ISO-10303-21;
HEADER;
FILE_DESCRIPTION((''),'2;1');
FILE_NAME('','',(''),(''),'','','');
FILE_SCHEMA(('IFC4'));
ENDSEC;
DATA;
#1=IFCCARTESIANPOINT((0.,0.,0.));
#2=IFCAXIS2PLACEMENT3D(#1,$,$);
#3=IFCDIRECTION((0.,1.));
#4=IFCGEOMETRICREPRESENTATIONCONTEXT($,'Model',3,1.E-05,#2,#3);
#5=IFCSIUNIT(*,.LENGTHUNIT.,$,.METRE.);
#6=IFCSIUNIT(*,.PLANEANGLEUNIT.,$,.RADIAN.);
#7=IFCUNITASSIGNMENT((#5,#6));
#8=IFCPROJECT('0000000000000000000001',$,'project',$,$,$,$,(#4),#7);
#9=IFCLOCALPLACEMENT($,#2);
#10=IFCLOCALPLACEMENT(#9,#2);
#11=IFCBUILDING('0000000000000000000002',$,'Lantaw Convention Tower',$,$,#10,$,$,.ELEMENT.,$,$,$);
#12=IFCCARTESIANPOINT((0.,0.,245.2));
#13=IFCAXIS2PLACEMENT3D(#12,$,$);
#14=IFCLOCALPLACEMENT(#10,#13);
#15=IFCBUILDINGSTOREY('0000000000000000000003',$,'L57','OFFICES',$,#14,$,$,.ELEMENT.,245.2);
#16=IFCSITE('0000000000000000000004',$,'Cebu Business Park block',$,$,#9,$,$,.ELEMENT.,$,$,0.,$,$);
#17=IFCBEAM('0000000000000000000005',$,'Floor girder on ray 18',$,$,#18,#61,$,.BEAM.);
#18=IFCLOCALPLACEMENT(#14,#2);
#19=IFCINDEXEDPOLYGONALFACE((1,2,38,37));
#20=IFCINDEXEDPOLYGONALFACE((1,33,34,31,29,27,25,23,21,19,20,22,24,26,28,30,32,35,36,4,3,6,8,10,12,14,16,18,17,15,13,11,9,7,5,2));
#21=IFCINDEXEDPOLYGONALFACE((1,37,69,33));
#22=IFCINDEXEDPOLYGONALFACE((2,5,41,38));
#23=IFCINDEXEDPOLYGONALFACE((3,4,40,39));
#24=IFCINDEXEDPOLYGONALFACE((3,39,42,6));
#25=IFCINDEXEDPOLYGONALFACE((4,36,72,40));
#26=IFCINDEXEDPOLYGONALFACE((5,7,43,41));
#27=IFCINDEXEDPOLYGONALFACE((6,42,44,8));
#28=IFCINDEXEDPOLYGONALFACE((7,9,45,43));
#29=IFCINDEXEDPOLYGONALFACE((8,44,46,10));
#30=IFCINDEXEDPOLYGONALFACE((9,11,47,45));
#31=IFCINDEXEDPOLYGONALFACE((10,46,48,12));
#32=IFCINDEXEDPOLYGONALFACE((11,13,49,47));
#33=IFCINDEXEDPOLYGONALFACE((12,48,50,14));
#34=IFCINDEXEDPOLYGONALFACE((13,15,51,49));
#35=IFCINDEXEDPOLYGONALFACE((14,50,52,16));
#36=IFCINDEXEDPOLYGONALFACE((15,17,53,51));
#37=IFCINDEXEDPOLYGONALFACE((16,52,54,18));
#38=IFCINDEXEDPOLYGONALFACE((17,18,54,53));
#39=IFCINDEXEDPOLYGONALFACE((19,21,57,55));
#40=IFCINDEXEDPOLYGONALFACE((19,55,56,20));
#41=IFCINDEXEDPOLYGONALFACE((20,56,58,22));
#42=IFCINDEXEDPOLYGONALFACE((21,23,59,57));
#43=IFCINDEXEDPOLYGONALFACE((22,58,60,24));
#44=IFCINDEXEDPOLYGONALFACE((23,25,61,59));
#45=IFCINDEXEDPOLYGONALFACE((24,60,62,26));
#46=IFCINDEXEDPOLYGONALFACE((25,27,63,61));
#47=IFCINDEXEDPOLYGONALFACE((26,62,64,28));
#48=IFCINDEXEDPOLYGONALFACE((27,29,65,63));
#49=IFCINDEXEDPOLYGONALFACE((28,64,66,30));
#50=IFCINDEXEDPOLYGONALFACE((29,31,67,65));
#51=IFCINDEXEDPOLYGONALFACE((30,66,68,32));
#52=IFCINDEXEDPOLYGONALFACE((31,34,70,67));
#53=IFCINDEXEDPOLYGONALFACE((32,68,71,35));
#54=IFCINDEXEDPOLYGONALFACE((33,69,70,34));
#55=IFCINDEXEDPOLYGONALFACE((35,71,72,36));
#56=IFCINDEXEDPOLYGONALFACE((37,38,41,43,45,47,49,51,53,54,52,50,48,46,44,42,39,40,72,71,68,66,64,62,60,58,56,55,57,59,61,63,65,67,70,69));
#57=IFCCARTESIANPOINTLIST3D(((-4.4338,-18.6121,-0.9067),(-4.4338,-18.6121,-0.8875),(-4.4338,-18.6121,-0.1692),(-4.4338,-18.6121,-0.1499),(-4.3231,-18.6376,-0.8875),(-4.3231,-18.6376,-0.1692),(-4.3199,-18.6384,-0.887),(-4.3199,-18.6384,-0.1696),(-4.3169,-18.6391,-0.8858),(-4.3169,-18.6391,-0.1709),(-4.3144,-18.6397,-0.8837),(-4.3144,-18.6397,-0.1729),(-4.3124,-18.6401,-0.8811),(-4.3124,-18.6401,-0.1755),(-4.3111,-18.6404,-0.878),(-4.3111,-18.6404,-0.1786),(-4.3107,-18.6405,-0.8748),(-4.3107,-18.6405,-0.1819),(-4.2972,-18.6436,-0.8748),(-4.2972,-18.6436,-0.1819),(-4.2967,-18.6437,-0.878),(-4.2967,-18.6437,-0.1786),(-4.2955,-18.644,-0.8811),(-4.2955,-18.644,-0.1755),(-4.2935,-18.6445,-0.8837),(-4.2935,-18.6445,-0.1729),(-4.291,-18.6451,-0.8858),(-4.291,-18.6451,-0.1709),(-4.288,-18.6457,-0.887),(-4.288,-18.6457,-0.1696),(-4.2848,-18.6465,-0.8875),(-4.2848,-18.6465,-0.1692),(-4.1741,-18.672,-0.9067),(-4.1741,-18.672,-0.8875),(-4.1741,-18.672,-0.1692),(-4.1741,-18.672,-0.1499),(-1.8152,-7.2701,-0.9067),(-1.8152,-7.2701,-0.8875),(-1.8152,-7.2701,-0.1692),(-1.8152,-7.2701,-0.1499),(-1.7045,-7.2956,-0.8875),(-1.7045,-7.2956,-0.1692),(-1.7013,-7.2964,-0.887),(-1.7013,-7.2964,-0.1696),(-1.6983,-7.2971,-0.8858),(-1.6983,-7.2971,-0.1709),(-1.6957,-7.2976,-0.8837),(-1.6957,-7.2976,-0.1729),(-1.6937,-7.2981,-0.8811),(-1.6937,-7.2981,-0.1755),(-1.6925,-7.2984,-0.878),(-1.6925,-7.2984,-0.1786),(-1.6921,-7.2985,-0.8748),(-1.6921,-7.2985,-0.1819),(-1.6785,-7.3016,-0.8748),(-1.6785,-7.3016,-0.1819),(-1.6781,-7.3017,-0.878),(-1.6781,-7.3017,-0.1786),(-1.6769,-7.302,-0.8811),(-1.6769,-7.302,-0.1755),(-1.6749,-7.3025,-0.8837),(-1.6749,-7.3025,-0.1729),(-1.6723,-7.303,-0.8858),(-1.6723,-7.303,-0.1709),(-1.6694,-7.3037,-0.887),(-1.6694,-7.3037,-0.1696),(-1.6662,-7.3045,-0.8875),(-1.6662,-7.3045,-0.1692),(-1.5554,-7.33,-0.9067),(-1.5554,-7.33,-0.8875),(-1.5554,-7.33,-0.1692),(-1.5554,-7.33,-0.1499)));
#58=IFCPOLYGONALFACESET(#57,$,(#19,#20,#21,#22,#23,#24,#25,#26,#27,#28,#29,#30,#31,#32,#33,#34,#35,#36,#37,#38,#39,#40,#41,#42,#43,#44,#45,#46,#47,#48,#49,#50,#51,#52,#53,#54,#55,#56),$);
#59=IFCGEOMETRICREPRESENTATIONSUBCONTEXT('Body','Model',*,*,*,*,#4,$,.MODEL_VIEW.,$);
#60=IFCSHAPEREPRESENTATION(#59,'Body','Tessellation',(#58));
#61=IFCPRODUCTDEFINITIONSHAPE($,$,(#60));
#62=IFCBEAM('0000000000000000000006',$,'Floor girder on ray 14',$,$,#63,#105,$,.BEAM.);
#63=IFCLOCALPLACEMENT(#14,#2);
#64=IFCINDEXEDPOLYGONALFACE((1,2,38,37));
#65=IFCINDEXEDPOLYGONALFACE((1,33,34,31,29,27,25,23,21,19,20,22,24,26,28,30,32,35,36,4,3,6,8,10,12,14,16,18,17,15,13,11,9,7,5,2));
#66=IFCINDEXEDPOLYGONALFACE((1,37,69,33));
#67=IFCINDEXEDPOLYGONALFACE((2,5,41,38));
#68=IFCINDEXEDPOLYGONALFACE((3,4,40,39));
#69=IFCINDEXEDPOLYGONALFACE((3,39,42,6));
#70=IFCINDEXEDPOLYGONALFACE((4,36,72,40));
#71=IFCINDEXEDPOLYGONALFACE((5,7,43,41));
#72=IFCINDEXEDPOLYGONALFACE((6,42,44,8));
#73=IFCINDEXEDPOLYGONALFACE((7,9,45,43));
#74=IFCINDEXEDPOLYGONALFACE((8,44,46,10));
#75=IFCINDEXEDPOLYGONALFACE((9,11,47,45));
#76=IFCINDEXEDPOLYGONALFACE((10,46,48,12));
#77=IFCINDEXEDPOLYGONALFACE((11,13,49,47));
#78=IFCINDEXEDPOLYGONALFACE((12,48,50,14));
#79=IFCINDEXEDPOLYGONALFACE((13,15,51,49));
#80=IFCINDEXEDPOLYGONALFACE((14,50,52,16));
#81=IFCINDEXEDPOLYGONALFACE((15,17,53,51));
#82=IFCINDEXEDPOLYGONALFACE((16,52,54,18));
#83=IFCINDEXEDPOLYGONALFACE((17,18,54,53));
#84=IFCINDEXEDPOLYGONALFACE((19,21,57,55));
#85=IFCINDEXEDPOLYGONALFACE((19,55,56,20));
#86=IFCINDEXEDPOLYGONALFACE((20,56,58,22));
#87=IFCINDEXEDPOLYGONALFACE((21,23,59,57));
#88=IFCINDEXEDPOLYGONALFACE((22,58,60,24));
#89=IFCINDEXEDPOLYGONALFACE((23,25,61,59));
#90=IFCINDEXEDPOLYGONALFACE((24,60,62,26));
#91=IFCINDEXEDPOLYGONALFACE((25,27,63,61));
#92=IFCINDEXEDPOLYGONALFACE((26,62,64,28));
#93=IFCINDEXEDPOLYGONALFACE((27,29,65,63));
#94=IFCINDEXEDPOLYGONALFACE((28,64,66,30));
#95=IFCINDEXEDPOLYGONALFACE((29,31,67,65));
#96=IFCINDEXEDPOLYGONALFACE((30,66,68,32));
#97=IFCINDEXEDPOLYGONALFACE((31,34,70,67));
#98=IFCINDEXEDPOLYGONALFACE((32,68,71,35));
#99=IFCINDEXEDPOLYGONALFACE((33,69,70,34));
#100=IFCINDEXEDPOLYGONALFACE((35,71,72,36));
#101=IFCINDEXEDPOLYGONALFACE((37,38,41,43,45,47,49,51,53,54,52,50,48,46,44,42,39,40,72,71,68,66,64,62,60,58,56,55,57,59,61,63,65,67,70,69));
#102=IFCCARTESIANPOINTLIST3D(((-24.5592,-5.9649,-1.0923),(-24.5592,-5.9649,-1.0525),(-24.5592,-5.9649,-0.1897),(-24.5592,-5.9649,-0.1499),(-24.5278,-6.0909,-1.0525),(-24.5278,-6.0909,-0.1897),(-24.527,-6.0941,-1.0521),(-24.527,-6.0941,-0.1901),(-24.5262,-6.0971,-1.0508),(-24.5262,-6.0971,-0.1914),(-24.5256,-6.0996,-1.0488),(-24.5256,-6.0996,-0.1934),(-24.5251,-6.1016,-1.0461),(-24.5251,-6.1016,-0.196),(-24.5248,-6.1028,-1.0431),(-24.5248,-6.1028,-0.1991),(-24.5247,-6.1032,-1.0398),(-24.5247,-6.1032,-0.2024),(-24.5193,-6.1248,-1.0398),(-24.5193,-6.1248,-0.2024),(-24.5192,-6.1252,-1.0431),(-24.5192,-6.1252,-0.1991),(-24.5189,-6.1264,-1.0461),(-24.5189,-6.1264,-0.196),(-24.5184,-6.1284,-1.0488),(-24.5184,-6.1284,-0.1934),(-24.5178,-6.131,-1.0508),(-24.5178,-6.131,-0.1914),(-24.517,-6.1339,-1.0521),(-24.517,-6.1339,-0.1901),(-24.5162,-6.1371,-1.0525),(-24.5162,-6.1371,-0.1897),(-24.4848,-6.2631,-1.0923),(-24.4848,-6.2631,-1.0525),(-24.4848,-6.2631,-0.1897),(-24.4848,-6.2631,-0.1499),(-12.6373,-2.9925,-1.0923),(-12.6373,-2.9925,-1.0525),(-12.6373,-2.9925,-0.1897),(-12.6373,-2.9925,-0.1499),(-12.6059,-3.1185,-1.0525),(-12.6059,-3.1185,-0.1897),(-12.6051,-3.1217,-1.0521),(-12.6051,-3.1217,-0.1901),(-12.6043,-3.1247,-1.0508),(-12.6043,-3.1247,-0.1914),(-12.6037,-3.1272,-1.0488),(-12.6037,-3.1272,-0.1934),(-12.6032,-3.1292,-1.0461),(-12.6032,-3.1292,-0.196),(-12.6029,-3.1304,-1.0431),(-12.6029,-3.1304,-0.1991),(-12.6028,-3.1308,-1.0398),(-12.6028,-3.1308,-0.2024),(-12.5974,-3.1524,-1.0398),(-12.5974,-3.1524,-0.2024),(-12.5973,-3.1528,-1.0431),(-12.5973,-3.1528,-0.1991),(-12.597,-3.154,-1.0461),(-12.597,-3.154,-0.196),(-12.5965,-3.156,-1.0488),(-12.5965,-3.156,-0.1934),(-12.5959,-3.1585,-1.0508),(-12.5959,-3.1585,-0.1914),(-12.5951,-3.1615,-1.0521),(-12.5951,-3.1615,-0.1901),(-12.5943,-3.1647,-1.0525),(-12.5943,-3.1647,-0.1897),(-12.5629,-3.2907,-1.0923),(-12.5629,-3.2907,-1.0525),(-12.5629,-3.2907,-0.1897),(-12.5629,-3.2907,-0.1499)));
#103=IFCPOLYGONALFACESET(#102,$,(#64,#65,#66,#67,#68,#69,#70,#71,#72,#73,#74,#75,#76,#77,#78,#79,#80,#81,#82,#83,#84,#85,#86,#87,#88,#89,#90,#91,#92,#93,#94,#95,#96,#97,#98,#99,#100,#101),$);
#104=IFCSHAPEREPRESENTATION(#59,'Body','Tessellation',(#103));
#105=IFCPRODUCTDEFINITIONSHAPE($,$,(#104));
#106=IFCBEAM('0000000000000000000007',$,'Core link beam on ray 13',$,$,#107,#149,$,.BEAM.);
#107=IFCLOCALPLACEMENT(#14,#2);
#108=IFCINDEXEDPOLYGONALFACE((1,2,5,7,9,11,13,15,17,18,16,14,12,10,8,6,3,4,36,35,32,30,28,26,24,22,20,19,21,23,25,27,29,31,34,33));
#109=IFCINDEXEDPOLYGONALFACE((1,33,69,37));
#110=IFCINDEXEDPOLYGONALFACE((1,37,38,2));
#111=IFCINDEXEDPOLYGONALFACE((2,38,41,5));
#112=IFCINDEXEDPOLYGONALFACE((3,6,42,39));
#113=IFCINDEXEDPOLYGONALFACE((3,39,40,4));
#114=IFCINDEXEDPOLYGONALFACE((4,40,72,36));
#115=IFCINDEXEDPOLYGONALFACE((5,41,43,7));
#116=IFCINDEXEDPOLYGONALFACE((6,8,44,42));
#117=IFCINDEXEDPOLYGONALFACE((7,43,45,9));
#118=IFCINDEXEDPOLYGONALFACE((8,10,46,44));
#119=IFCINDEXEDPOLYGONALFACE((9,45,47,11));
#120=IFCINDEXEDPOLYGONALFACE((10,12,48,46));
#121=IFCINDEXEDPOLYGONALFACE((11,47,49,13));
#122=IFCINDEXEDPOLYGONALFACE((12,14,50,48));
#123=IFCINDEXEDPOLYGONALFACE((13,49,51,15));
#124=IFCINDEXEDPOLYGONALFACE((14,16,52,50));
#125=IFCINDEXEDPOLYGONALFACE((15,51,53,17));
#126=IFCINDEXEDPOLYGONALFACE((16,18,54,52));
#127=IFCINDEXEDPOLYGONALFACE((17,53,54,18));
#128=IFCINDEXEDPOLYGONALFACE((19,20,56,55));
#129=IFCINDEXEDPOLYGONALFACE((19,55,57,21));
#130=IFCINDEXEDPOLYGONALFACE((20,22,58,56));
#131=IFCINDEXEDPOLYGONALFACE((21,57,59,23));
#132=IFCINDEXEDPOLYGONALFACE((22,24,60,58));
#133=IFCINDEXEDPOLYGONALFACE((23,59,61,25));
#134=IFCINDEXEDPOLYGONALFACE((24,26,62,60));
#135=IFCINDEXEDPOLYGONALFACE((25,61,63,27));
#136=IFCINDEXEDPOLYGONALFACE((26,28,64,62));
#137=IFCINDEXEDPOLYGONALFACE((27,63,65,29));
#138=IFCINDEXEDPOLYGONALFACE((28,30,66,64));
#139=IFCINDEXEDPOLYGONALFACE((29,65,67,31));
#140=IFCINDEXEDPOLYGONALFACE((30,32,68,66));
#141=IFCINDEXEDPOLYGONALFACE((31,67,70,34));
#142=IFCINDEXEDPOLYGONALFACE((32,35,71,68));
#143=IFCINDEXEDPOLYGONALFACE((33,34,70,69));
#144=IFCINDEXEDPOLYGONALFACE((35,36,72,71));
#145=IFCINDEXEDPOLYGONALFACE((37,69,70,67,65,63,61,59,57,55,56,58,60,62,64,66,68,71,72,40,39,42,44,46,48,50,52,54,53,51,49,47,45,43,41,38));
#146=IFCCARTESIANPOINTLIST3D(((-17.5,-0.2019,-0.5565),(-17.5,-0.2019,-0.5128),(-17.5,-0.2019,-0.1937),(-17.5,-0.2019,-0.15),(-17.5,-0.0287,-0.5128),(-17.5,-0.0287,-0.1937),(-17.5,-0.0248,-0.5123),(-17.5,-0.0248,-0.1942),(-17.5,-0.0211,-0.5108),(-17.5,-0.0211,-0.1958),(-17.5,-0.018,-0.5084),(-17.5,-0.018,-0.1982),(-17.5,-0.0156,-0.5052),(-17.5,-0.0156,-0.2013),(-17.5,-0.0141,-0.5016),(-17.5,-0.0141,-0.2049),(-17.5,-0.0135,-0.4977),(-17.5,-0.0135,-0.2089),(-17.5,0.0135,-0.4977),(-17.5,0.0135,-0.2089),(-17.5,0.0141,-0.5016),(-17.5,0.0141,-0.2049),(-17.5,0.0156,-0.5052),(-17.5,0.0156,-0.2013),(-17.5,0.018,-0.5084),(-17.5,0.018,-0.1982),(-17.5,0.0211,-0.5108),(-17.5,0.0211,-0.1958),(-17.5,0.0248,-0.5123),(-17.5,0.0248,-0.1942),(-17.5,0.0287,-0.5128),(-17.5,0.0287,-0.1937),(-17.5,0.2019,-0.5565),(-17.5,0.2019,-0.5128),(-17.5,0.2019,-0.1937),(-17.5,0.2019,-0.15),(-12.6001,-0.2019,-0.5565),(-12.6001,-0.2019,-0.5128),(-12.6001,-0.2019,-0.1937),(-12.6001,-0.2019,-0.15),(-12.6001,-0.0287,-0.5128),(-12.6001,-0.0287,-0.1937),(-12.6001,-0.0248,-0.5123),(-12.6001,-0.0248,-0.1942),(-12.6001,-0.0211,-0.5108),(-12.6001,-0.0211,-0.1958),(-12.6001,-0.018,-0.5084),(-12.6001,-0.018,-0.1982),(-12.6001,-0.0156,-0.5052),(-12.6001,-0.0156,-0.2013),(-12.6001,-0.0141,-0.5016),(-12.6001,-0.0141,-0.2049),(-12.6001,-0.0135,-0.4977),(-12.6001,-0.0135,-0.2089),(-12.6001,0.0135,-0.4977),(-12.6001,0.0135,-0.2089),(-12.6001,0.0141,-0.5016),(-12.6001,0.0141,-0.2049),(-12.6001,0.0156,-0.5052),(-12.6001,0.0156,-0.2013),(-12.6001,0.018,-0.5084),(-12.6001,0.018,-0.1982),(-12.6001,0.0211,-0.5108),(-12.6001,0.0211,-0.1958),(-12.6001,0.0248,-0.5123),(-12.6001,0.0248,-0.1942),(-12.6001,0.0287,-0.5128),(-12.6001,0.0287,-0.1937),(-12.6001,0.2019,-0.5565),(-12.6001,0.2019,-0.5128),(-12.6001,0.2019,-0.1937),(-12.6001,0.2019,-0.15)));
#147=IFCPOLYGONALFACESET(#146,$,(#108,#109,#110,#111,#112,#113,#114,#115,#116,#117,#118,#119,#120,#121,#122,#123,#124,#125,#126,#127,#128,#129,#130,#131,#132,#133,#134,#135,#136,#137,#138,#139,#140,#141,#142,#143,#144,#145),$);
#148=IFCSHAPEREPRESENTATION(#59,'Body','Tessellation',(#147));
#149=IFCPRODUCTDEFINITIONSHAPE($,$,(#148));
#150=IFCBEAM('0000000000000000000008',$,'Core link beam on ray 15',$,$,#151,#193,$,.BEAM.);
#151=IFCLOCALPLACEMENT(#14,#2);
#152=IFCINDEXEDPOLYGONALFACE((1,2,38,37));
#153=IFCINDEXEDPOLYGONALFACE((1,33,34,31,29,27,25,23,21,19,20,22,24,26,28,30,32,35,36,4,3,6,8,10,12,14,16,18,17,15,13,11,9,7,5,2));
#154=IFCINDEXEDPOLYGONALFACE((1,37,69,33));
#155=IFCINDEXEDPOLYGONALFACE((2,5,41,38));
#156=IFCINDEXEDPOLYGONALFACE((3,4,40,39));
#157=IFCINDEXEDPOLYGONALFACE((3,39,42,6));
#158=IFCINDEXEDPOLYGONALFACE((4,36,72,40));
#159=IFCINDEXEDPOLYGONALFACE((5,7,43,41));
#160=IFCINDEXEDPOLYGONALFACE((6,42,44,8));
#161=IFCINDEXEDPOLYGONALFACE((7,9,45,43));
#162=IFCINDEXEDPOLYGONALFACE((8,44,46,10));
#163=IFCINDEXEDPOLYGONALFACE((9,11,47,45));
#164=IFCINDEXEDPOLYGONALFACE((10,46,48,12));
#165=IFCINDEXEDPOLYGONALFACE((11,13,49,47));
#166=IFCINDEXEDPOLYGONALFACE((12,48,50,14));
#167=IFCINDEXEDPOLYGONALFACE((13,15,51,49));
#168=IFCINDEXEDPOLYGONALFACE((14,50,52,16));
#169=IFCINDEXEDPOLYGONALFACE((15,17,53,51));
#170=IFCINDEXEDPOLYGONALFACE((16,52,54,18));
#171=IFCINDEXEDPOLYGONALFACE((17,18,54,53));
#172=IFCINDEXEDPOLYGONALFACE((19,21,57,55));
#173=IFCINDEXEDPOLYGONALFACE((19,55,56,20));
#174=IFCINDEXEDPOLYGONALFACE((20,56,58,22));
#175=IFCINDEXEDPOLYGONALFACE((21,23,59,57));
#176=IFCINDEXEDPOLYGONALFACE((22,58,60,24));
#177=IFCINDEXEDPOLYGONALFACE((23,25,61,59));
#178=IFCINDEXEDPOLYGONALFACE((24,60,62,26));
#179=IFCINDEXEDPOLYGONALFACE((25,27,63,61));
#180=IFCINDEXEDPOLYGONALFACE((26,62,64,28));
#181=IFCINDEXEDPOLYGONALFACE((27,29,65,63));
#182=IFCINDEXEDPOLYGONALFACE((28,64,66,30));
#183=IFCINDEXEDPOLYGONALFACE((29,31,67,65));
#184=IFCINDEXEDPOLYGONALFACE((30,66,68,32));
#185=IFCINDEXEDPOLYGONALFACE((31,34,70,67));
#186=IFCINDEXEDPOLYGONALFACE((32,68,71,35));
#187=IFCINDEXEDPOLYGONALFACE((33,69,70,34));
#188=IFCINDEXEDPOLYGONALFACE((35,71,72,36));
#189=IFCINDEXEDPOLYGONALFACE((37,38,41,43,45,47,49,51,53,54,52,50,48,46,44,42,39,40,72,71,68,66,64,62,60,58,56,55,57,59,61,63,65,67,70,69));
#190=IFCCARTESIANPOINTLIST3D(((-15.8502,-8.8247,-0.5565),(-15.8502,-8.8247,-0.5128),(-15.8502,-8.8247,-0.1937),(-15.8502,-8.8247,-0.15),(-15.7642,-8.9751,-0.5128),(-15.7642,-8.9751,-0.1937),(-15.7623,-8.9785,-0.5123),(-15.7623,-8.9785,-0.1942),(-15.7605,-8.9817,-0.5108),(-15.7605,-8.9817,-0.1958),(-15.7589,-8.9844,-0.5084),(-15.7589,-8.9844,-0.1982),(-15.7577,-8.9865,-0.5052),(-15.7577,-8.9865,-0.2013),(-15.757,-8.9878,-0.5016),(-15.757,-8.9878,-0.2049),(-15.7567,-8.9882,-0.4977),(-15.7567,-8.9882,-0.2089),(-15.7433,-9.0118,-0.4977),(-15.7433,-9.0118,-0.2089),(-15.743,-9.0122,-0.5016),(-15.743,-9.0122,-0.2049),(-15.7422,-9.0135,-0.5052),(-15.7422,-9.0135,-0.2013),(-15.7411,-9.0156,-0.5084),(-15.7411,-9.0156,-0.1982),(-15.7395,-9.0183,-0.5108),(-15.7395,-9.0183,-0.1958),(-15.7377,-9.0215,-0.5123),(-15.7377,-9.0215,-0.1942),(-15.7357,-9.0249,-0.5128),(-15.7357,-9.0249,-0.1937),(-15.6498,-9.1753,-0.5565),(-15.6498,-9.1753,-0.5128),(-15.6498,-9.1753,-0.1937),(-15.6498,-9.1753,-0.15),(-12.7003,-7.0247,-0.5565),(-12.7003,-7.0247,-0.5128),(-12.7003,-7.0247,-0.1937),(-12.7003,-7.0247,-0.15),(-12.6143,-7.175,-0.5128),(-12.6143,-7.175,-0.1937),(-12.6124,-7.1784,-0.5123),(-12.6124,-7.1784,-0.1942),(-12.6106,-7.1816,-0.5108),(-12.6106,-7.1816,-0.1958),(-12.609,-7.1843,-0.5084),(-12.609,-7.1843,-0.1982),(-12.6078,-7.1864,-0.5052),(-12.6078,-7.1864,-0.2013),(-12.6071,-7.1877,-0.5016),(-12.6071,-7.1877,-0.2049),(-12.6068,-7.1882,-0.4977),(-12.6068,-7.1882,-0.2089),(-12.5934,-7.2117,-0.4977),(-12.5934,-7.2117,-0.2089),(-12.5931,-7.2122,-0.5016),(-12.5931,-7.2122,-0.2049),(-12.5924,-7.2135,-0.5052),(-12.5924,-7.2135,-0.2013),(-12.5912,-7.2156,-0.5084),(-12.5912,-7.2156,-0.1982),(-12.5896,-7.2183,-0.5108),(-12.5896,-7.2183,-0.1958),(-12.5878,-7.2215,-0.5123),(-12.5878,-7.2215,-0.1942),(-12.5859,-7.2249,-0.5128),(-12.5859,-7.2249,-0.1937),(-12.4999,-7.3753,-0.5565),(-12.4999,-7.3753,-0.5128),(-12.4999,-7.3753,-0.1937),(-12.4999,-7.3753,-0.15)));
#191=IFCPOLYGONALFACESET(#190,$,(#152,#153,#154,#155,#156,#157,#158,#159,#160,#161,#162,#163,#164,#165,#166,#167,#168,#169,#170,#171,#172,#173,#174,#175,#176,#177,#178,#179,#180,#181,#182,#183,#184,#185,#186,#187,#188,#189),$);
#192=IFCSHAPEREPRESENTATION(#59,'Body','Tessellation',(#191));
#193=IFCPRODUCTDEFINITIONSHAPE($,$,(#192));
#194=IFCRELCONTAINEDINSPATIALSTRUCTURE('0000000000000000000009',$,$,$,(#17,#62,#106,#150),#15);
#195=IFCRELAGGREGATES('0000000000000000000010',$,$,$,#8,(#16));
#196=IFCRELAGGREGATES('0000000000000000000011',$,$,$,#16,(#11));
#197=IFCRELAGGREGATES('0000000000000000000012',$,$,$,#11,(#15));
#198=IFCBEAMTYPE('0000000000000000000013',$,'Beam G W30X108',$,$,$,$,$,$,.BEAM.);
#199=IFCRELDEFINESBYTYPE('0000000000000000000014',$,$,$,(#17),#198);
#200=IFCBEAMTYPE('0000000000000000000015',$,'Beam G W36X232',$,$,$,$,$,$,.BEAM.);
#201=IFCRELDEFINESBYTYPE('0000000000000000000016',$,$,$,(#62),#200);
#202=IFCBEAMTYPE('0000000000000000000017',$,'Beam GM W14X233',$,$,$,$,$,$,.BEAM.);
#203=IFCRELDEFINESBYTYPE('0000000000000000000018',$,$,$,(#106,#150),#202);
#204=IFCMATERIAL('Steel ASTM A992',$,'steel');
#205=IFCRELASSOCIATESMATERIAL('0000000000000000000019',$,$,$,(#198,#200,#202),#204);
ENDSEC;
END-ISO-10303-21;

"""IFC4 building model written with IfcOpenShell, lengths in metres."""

from ifc_helpers import new_model, si_unit, direction, frame, origin, origin_2d, place, context, subcontext, project, spatial, i_section, extrude, material, material_profile, profile_set, type_object, element, save


model = new_model("IFC4")

# Units and contexts
model_context = context("Model", 3, precision=1e-05, world=origin(), true_north=direction((0.0, 1.0)))
body_context = subcontext(model_context, "Body", "Model", "MODEL_VIEW")
ifc_project = project(units=[si_unit("LENGTHUNIT", "METRE"), si_unit("PLANEANGLEUNIT", "RADIAN")], contexts=[model_context])

# Site, building, storey
site_placement = place(None, origin())
site = spatial("IfcSite", under=ifc_project, at=site_placement, Name="Cebu Business Park block", CompositionType="ELEMENT", RefElevation=0.0)
building_placement = place(site_placement, origin())
building = spatial("IfcBuilding", under=site, at=building_placement, Name="Lantaw Convention Tower", CompositionType="ELEMENT")
storey_placement = place(building_placement, frame((0.0, 0.0, 245.2)))
storey = spatial("IfcBuildingStorey", under=building, at=storey_placement, Name="L57", Description="OFFICES", CompositionType="ELEMENT", Elevation=245.2)

# Beams
ifc_material_1 = material(Name="Steel ASTM A992", Category="steel")
ifc_material_profile_1 = material_profile(ifc_material_1, i_section(OverallWidth=0.2666, OverallDepth=0.7568, WebThickness=0.0139, FlangeThickness=0.0193, FilletRadius=0.0127, at=origin_2d()), Name="W30X108")
ifc_profile_set_1 = profile_set([ifc_material_profile_1], Name="Steel ASTM A992")
beam_type_1 = type_object("IfcBeamType", Name="Beam G W30X108", PredefinedType="BEAM", material=ifc_profile_set_1)
beam_1_placement = place(storey_placement, frame((-1.6853, -7.3, -0.5283), z_axis=(-0.224962, -0.974368, 0.0), x_axis=(0.974368, -0.224962, 0.0)))
element("IfcBeam", 1, at=beam_1_placement, inside=storey, type_object=beam_type_1, Name="Floor girder on ray 18", PredefinedType="BEAM", context=body_context, shape_type="SweptSolid", body=[
    extrude(i_section(OverallWidth=0.2666, OverallDepth=0.7568, WebThickness=0.0139, FlangeThickness=0.0193, FilletRadius=0.0127, at=origin_2d()), origin(), (0.0, 0.0, 1.0), 11.6404),
])
ifc_material_profile_2 = material_profile(ifc_material_1, i_section(OverallWidth=0.3074, OverallDepth=0.9424, WebThickness=0.0222, FlangeThickness=0.0398, FilletRadius=0.0127, at=origin_2d()), Name="W36X232")
ifc_profile_set_2 = profile_set([ifc_material_profile_2], Name="Steel ASTM A992")
beam_type_2 = type_object("IfcBeamType", Name="Beam G W36X232", PredefinedType="BEAM", material=ifc_profile_set_2)
beam_2_placement = place(storey_placement, frame((-12.6001, -3.1416, -0.6211), z_axis=(-0.970297, -0.241918, 0.0), x_axis=(0.241918, -0.970297, 0.0)))
element("IfcBeam", 2, at=beam_2_placement, inside=storey, type_object=beam_type_2, Name="Floor girder on ray 14", PredefinedType="BEAM", context=body_context, shape_type="SweptSolid", body=[
    extrude(i_section(OverallWidth=0.3074, OverallDepth=0.9424, WebThickness=0.0222, FlangeThickness=0.0398, FilletRadius=0.0127, at=origin_2d()), origin(), (0.0, 0.0, 1.0), 12.2869),
])
ifc_material_profile_3 = material_profile(ifc_material_1, i_section(OverallWidth=0.4038, OverallDepth=0.4065, WebThickness=0.0271, FlangeThickness=0.0437, FilletRadius=0.0151, at=origin_2d()), Name="W14X233")
ifc_profile_set_3 = profile_set([ifc_material_profile_3], Name="Steel ASTM A992")
beam_type_3 = type_object("IfcBeamType", Name="Beam GM W14X233", PredefinedType="BEAM", material=ifc_profile_set_3)
beam_3_placement = place(storey_placement, frame((-12.6001, 0.0, -0.3533), z_axis=(-1.0, 0.0, 0.0), x_axis=(0.0, -1.0, 0.0)))
element("IfcBeam", 3, at=beam_3_placement, inside=storey, type_object=beam_type_3, Name="Core link beam on ray 13", PredefinedType="BEAM", context=body_context, shape_type="SweptSolid", body=[
    extrude(i_section(OverallWidth=0.4038, OverallDepth=0.4065, WebThickness=0.0271, FlangeThickness=0.0437, FilletRadius=0.0151, at=origin_2d()), origin(), (0.0, 0.0, 1.0), 4.8999),
])
beam_4_placement = place(storey_placement, frame((-12.6001, -7.2, -0.3533), z_axis=(-0.868231, -0.496161, 0.0), x_axis=(0.496161, -0.868231, 0.0)))
element("IfcBeam", 4, at=beam_4_placement, inside=storey, type_object=beam_type_3, Name="Core link beam on ray 15", PredefinedType="BEAM", context=body_context, shape_type="SweptSolid", body=[
    extrude(i_section(OverallWidth=0.4038, OverallDepth=0.4065, WebThickness=0.0271, FlangeThickness=0.0437, FilletRadius=0.0151, at=origin_2d()), origin(), (0.0, 0.0, 1.0), 3.6279),
])

save(model, "model.ifc")
